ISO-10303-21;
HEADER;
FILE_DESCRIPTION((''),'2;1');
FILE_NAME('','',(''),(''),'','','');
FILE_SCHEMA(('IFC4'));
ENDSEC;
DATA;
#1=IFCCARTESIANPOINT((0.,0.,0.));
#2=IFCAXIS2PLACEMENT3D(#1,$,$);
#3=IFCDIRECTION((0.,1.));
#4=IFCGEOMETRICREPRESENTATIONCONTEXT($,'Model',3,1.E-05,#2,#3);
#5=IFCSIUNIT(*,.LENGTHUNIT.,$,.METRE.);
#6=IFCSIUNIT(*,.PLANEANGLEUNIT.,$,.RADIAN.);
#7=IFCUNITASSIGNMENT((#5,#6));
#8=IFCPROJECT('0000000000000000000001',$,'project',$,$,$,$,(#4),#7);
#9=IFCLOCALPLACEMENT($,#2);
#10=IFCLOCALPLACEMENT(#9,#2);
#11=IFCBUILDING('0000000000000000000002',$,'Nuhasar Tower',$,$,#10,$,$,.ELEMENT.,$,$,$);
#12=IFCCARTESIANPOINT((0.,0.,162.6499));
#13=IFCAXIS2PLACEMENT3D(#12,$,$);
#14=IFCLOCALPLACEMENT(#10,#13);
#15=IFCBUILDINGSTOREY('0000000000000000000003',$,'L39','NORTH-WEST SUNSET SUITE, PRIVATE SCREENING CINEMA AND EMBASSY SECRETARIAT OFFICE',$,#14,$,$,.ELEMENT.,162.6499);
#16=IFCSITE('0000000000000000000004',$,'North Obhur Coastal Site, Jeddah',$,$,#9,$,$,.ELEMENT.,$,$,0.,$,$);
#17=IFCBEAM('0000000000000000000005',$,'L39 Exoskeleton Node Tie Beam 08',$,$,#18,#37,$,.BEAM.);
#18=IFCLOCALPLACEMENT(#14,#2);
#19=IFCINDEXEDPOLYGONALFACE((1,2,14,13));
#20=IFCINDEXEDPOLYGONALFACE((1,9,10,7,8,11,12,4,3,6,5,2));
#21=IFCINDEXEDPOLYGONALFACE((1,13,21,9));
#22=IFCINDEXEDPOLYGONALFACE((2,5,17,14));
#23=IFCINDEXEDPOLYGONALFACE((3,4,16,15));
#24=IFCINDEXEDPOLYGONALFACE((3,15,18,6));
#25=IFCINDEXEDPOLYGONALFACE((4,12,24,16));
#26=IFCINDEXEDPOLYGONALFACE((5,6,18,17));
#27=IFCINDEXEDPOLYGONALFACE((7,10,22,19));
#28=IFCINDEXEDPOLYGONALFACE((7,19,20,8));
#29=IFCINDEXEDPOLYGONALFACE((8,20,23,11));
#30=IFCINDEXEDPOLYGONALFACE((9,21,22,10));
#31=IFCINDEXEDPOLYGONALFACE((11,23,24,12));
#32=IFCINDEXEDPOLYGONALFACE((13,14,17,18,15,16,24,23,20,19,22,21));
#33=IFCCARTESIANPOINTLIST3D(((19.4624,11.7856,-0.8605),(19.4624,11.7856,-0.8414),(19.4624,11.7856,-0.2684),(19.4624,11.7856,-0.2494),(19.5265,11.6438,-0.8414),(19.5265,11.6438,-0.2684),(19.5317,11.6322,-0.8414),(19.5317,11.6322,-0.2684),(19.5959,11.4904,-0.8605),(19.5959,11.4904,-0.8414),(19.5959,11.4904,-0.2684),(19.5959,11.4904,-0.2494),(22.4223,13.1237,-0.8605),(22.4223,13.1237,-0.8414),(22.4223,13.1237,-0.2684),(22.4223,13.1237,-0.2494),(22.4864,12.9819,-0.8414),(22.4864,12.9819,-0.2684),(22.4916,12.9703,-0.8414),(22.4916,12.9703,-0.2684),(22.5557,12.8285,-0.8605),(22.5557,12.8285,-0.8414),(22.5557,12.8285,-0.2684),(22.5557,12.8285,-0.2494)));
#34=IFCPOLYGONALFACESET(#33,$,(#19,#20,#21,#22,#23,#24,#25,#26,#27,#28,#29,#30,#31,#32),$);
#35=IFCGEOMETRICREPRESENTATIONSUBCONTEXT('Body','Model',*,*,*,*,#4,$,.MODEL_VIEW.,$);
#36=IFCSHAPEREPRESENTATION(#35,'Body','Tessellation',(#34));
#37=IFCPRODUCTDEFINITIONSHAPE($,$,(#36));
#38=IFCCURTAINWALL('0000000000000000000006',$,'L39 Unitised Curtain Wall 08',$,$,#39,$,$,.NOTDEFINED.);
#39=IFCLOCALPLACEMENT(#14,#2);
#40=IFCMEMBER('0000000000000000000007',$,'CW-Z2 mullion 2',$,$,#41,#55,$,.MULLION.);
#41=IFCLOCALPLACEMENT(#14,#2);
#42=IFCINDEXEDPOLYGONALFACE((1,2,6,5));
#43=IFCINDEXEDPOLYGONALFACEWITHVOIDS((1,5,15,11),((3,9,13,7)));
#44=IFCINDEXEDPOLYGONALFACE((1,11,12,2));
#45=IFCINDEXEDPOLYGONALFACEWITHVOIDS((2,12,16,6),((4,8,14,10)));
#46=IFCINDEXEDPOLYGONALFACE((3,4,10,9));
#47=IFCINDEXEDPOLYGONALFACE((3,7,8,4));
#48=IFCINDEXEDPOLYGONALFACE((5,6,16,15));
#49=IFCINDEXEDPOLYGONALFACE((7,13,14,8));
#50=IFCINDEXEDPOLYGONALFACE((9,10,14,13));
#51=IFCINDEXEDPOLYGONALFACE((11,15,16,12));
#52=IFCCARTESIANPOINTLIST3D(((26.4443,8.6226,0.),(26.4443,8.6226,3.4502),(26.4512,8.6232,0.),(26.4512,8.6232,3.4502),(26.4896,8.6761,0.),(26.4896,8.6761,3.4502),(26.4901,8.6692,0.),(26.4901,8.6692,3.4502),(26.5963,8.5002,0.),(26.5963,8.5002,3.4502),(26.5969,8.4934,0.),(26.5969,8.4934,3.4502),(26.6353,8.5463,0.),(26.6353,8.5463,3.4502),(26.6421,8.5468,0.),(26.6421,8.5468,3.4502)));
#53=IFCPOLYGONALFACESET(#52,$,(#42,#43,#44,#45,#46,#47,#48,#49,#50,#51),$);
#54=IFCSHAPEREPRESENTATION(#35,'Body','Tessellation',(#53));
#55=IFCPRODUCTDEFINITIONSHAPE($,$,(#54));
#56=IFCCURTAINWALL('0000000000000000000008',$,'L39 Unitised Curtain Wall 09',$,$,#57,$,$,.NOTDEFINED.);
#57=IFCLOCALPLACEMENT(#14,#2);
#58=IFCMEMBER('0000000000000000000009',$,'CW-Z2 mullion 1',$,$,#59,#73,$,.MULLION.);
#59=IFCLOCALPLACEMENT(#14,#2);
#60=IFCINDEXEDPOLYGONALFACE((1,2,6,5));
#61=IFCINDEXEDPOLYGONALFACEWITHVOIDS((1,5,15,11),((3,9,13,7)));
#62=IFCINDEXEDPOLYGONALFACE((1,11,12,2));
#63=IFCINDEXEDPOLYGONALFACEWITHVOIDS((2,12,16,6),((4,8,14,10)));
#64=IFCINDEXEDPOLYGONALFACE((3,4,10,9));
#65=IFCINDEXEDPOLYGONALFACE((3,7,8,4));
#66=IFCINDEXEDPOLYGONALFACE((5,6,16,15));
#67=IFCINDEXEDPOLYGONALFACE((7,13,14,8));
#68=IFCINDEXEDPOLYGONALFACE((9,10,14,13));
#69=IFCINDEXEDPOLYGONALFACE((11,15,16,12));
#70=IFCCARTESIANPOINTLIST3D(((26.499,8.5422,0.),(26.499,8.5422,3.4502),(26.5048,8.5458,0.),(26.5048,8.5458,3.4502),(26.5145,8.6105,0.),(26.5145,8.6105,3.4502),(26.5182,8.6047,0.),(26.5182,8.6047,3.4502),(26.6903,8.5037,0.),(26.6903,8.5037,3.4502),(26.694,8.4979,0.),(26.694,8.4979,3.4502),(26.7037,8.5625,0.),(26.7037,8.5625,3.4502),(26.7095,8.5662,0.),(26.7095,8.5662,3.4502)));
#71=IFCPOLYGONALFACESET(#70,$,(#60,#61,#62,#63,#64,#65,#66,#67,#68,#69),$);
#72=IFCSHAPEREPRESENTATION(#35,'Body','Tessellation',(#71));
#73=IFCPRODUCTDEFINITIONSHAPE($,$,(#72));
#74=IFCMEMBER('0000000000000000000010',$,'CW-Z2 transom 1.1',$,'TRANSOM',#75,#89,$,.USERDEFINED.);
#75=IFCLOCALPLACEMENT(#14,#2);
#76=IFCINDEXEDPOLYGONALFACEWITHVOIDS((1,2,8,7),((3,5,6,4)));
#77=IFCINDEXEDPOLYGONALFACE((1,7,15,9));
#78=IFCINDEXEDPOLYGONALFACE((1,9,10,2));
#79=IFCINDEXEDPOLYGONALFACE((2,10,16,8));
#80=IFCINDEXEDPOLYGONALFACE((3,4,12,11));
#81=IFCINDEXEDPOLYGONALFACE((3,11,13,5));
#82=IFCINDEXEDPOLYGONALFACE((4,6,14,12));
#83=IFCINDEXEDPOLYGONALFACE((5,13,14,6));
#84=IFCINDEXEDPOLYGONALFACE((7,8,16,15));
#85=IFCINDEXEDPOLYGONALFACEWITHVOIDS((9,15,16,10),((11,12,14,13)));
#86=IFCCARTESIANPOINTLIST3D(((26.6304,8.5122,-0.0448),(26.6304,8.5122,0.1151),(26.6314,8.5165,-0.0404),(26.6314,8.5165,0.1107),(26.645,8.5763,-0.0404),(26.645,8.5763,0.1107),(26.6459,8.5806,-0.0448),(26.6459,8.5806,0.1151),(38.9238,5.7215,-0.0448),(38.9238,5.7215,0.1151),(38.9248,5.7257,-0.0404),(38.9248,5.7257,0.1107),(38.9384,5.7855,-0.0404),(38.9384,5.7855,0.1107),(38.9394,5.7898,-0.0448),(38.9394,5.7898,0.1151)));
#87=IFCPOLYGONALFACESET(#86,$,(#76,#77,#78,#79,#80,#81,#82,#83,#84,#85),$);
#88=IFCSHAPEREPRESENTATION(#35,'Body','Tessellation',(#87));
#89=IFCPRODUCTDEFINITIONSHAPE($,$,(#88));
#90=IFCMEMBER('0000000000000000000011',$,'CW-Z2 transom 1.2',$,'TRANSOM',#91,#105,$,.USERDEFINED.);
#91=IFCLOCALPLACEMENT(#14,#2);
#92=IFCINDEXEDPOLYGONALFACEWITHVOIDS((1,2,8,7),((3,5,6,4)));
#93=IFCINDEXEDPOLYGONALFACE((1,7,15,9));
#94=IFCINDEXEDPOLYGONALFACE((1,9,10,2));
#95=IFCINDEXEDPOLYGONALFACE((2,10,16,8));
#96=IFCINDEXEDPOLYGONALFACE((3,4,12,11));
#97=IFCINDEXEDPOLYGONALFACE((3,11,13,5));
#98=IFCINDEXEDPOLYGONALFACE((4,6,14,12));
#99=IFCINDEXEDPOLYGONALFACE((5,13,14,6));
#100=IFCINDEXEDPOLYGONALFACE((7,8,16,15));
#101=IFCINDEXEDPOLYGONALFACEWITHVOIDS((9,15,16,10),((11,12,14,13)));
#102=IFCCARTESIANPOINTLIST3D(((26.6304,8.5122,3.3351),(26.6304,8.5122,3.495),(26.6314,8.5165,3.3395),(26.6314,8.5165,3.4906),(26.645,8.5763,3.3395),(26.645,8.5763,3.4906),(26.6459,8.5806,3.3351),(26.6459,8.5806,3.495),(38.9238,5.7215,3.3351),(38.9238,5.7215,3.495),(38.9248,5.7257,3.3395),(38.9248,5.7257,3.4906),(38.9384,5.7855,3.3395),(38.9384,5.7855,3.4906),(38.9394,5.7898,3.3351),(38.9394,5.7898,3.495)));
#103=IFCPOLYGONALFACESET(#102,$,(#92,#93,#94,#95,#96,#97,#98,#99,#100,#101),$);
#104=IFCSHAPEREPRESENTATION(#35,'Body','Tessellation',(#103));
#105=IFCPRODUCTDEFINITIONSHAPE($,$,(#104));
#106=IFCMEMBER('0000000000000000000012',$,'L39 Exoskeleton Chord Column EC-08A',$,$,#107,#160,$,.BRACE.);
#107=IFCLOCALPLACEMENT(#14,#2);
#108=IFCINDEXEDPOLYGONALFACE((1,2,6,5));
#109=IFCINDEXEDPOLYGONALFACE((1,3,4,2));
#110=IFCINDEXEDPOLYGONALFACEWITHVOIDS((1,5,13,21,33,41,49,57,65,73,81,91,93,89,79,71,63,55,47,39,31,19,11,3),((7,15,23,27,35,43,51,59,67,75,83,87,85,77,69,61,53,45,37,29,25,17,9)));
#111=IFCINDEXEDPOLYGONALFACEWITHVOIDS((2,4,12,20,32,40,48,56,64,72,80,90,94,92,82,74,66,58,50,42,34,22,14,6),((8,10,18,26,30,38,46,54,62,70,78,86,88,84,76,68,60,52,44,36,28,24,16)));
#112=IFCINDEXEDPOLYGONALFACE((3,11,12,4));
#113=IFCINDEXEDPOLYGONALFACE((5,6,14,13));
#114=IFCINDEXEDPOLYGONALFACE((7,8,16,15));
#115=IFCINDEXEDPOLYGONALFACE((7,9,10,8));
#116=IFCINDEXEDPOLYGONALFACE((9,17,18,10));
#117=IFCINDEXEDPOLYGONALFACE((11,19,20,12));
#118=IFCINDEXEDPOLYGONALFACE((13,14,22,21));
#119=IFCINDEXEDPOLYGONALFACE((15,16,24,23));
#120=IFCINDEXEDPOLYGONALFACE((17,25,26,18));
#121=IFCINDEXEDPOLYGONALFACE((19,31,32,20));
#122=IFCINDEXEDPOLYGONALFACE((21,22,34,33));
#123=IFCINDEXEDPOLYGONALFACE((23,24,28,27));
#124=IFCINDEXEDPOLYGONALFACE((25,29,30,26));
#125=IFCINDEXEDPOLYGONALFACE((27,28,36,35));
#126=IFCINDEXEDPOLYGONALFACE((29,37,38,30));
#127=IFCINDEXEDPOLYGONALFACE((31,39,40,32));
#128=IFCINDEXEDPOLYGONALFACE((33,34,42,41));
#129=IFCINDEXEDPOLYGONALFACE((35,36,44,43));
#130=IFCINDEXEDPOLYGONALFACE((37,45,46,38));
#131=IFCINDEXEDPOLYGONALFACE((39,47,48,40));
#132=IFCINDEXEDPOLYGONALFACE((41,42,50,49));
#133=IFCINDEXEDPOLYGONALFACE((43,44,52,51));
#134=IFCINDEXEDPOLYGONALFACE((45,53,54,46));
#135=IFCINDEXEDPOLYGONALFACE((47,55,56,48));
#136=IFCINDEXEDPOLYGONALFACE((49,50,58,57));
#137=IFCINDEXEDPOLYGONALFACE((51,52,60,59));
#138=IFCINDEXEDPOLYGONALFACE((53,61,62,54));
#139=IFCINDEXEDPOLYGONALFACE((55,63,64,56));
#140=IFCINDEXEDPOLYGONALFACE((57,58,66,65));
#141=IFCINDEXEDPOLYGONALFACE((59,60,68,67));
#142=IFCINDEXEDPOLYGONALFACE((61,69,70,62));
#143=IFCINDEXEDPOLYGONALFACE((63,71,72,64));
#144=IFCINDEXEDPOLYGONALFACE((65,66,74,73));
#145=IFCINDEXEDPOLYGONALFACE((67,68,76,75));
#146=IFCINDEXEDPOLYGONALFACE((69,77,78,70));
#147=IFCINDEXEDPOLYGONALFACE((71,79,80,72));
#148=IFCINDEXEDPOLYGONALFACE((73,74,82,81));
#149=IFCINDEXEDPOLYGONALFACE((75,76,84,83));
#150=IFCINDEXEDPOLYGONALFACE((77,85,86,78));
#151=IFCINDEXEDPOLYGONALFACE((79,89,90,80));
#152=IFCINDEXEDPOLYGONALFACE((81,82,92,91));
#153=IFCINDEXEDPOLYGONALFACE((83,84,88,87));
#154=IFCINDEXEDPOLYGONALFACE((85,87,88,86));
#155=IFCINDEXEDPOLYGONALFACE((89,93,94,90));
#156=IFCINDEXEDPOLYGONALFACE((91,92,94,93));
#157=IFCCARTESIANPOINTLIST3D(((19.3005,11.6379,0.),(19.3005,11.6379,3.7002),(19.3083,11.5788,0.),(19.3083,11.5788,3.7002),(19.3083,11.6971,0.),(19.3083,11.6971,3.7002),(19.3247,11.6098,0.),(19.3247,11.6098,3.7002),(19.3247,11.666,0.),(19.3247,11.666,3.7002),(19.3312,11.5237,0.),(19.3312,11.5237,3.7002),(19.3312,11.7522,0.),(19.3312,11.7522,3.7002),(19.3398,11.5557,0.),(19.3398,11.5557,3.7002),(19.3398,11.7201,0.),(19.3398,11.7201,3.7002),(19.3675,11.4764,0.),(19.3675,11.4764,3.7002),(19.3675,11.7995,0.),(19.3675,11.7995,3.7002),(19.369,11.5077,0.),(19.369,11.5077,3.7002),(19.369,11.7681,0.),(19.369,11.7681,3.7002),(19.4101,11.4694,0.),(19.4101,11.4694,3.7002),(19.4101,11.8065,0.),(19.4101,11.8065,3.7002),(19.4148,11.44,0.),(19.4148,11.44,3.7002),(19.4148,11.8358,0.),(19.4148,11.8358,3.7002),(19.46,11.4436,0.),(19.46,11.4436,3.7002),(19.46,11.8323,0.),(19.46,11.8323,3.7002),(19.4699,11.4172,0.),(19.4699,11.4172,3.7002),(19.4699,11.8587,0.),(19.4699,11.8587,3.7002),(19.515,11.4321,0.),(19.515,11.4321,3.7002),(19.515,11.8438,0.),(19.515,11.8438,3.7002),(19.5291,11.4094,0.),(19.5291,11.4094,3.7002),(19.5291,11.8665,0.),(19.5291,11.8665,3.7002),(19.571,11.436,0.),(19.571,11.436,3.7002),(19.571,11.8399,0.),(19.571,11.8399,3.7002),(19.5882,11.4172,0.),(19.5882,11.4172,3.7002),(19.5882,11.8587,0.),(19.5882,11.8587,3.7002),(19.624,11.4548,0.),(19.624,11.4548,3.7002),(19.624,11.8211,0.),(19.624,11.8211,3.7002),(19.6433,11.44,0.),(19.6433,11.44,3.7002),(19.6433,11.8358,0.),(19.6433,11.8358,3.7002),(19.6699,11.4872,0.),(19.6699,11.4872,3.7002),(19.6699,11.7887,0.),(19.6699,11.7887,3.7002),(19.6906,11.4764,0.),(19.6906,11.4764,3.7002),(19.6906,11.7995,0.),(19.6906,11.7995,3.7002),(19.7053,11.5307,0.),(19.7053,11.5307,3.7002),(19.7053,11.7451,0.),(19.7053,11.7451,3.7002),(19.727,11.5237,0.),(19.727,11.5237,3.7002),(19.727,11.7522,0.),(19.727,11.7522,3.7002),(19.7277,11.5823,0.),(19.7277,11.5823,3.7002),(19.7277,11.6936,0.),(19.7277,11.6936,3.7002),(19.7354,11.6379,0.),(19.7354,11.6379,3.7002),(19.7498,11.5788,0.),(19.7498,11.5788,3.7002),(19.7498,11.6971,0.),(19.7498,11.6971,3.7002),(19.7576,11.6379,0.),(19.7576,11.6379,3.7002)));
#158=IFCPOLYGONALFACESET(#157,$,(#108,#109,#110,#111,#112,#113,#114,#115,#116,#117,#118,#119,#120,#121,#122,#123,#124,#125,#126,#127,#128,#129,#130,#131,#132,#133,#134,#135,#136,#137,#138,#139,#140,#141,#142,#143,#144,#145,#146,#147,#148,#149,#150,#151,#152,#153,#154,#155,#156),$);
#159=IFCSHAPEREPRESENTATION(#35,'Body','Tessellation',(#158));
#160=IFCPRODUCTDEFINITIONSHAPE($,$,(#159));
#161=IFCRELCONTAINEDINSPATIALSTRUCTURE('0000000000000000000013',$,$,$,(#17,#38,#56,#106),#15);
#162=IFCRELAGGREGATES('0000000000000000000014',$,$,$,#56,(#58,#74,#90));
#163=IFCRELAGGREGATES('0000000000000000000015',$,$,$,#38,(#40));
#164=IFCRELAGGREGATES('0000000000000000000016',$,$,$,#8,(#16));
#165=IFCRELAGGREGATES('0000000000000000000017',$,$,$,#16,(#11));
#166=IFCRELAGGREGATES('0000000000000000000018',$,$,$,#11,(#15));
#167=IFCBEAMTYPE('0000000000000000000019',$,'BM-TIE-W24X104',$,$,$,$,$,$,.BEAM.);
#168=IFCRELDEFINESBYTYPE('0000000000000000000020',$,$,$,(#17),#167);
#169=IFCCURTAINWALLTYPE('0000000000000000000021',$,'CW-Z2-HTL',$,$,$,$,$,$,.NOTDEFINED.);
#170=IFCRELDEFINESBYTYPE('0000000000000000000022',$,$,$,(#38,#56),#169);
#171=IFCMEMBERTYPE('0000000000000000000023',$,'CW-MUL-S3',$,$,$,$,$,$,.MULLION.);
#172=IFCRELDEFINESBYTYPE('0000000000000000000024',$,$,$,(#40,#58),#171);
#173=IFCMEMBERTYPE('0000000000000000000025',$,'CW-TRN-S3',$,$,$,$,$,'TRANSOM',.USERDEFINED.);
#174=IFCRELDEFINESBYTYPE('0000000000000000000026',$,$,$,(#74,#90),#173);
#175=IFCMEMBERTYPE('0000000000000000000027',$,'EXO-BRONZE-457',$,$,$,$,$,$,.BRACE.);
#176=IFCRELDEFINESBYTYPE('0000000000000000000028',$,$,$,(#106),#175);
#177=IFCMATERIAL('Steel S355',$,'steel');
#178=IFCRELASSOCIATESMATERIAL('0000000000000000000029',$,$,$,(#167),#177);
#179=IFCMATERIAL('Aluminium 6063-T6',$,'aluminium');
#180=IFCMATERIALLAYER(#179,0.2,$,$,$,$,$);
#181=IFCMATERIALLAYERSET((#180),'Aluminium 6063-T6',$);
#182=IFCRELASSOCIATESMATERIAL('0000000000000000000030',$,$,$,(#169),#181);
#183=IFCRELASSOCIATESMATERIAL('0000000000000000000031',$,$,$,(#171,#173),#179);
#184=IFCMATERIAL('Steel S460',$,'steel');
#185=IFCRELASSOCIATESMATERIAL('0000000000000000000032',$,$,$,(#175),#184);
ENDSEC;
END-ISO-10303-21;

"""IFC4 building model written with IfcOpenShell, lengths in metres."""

from ifc_helpers import new_model, si_unit, direction, frame, origin, origin_2d, place, context, subcontext, project, spatial, hollow_rectangle, hollow_circle, i_section, extrude, material, layer, layer_set, material_profile, profile_set, type_object, element, aggregate, save


model = new_model("IFC4")

# Units and contexts
model_context = context("Model", 3, precision=1e-05, world=origin(), true_north=direction((0.0, 1.0)))
body_context = subcontext(model_context, "Body", "Model", "MODEL_VIEW")
ifc_project = project(units=[si_unit("LENGTHUNIT", "METRE"), si_unit("PLANEANGLEUNIT", "RADIAN")], contexts=[model_context])

# Site, building, storey
site_placement = place(None, origin())
site = spatial("IfcSite", under=ifc_project, at=site_placement, Name="North Obhur Coastal Site, Jeddah", CompositionType="ELEMENT", RefElevation=0.0)
building_placement = place(site_placement, origin())
building = spatial("IfcBuilding", under=site, at=building_placement, Name="Nuhasar Tower", CompositionType="ELEMENT")
storey_placement = place(building_placement, frame((0.0, 0.0, 162.6499)))
storey = spatial("IfcBuildingStorey", under=building, at=storey_placement, Name="L39", Description="NORTH-WEST SUNSET SUITE, PRIVATE SCREENING CINEMA AND EMBASSY SECRETARIAT OFFICE", CompositionType="ELEMENT", Elevation=162.6499)

# Beam
ifc_material_1 = material(Name="Steel S355", Category="steel")
ifc_material_profile_1 = material_profile(ifc_material_1, i_section(OverallWidth=0.324, OverallDepth=0.6111, WebThickness=0.0127, FlangeThickness=0.019, at=origin_2d()), Name="W24X104")
ifc_profile_set_1 = profile_set([ifc_material_profile_1], Name="Steel S355")
beam_type_1 = type_object("IfcBeamType", Name="BM-TIE-W24X104", PredefinedType="BEAM", material=ifc_profile_set_1)
beam_1_placement = place(storey_placement, frame((22.489, 12.9761, -0.5549), z_axis=(-0.911211, -0.411939, 0.0), x_axis=(0.411939, -0.911211, 0.0)))
element("IfcBeam", 1, at=beam_1_placement, inside=storey, type_object=beam_type_1, Name="L39 Exoskeleton Node Tie Beam 08", PredefinedType="BEAM", context=body_context, shape_type="SweptSolid", body=[
    extrude(i_section(OverallWidth=0.324, OverallDepth=0.6111, WebThickness=0.0127, FlangeThickness=0.019, at=origin_2d()), origin(), (0.0, 0.0, 1.0), 3.2483),
])

# Curtain wall, member
ifc_material_2 = material(Name="Aluminium 6063-T6", Category="aluminium")
ifc_layer_1 = layer(ifc_material_2, 0.2)
ifc_layer_set_1 = layer_set([ifc_layer_1], Name="Aluminium 6063-T6")
curtain_wall_type = type_object("IfcCurtainWallType", Name="CW-Z2-HTL", PredefinedType="NOTDEFINED", material=ifc_layer_set_1)
curtain_wall_1_placement = place(storey_placement, origin())
curtain_wall_1 = element("IfcCurtainWall", 2, at=curtain_wall_1_placement, inside=storey, type_object=curtain_wall_type, Name="L39 Unitised Curtain Wall 08", PredefinedType="NOTDEFINED")
ifc_material_profile_2 = material_profile(ifc_material_2, hollow_rectangle(XDim=0.0701, YDim=0.2, WallThickness=0.0049, at=origin_2d()), Name="CWM-3")
ifc_profile_set_2 = profile_set([ifc_material_profile_2], Name="Aluminium 6063-T6")
member_type_1 = type_object("IfcMemberType", Name="CW-MUL-S3", PredefinedType="MULLION", material=ifc_profile_set_2)
member_1_placement = place(storey_placement, frame((26.5432, 8.5847, 0.0), z_axis=(0.0, 0.0, 1.0), x_axis=(0.646374, 0.76302, 0.0)))
member_1 = element("IfcMember", 3, at=member_1_placement, type_object=member_type_1, Name="CW-Z2 mullion 2", PredefinedType="MULLION", context=body_context, shape_type="SweptSolid", body=[
    extrude(hollow_rectangle(XDim=0.0701, YDim=0.2, WallThickness=0.0049, at=origin_2d()), origin(), (0.0, 0.0, 1.0), 3.4502),
])

# Curtain wall, members
curtain_wall_2_placement = place(storey_placement, origin())
curtain_wall_2 = element("IfcCurtainWall", 4, at=curtain_wall_2_placement, inside=storey, type_object=curtain_wall_type, Name="L39 Unitised Curtain Wall 09", PredefinedType="NOTDEFINED")
member_2_placement = place(storey_placement, frame((26.6042, 8.5542, 0.0), z_axis=(0.0, 0.0, 1.0), x_axis=(0.221397, 0.975184, 0.0)))
member_2 = element("IfcMember", 5, at=member_2_placement, type_object=member_type_1, Name="CW-Z2 mullion 1", PredefinedType="MULLION", context=body_context, shape_type="SweptSolid", body=[
    extrude(hollow_rectangle(XDim=0.0701, YDim=0.2, WallThickness=0.0049, at=origin_2d()), origin(), (0.0, 0.0, 1.0), 3.4502),
])
ifc_material_profile_3 = material_profile(ifc_material_2, hollow_rectangle(XDim=0.0701, YDim=0.1599, WallThickness=0.0044, at=origin_2d()), Name="CWT-3")
ifc_profile_set_3 = profile_set([ifc_material_profile_3], Name="Aluminium 6063-T6")
member_type_2 = type_object("IfcMemberType", Name="CW-TRN-S3", ElementType="TRANSOM", PredefinedType="USERDEFINED", material=ifc_profile_set_3)
member_3_placement = place(storey_placement, frame((26.6382, 8.5464, 0.0352), z_axis=(0.975188, -0.22138, 0.0), x_axis=(0.22138, 0.975188, 0.0)))
member_3 = element("IfcMember", 6, at=member_3_placement, type_object=member_type_2, Name="CW-Z2 transom 1.1", ObjectType="TRANSOM", PredefinedType="USERDEFINED", context=body_context, shape_type="SweptSolid", body=[
    extrude(hollow_rectangle(XDim=0.0701, YDim=0.1599, WallThickness=0.0044, at=origin_2d()), origin(), (0.0, 0.0, 1.0), 12.6062),
])
member_4_placement = place(storey_placement, frame((26.6382, 8.5464, 3.415), z_axis=(0.975188, -0.22138, 0.0), x_axis=(0.22138, 0.975188, 0.0)))
member_4 = element("IfcMember", 7, at=member_4_placement, type_object=member_type_2, Name="CW-Z2 transom 1.2", ObjectType="TRANSOM", PredefinedType="USERDEFINED", context=body_context, shape_type="SweptSolid", body=[
    extrude(hollow_rectangle(XDim=0.0701, YDim=0.1599, WallThickness=0.0044, at=origin_2d()), origin(), (0.0, 0.0, 1.0), 12.6062),
])
aggregate(curtain_wall_2, [member_2, member_3, member_4])

# Member
ifc_material_3 = material(Name="Steel S460", Category="steel")
ifc_material_profile_4 = material_profile(ifc_material_3, hollow_circle(Radius=0.2285, WallThickness=0.0222, at=origin_2d()), Name="HSS457X22.2")
ifc_profile_set_4 = profile_set([ifc_material_profile_4], Name="Steel S460")
member_type_3 = type_object("IfcMemberType", Name="EXO-BRONZE-457", PredefinedType="BRACE", material=ifc_profile_set_4)
for number, where, z_axis, x_axis, name in (
    (8, (19.5291, 11.6379, 0.0), (0.0, 0.0, 1.0), (1.0, 0.0, 0.0), "L39 Exoskeleton Chord Column EC-08A"),
):
    element("IfcMember", number, at=place(storey_placement, frame(where, z_axis=z_axis, x_axis=x_axis)), inside=storey, type_object=member_type_3, Name=name, PredefinedType="BRACE", context=body_context, shape_type="SweptSolid", body=[
        extrude(hollow_circle(Radius=0.2285, WallThickness=0.0222, at=origin_2d()), origin(), (0.0, 0.0, 1.0), 3.7002),
    ])

aggregate(curtain_wall_1, [member_1])

save(model, "model.ifc")
